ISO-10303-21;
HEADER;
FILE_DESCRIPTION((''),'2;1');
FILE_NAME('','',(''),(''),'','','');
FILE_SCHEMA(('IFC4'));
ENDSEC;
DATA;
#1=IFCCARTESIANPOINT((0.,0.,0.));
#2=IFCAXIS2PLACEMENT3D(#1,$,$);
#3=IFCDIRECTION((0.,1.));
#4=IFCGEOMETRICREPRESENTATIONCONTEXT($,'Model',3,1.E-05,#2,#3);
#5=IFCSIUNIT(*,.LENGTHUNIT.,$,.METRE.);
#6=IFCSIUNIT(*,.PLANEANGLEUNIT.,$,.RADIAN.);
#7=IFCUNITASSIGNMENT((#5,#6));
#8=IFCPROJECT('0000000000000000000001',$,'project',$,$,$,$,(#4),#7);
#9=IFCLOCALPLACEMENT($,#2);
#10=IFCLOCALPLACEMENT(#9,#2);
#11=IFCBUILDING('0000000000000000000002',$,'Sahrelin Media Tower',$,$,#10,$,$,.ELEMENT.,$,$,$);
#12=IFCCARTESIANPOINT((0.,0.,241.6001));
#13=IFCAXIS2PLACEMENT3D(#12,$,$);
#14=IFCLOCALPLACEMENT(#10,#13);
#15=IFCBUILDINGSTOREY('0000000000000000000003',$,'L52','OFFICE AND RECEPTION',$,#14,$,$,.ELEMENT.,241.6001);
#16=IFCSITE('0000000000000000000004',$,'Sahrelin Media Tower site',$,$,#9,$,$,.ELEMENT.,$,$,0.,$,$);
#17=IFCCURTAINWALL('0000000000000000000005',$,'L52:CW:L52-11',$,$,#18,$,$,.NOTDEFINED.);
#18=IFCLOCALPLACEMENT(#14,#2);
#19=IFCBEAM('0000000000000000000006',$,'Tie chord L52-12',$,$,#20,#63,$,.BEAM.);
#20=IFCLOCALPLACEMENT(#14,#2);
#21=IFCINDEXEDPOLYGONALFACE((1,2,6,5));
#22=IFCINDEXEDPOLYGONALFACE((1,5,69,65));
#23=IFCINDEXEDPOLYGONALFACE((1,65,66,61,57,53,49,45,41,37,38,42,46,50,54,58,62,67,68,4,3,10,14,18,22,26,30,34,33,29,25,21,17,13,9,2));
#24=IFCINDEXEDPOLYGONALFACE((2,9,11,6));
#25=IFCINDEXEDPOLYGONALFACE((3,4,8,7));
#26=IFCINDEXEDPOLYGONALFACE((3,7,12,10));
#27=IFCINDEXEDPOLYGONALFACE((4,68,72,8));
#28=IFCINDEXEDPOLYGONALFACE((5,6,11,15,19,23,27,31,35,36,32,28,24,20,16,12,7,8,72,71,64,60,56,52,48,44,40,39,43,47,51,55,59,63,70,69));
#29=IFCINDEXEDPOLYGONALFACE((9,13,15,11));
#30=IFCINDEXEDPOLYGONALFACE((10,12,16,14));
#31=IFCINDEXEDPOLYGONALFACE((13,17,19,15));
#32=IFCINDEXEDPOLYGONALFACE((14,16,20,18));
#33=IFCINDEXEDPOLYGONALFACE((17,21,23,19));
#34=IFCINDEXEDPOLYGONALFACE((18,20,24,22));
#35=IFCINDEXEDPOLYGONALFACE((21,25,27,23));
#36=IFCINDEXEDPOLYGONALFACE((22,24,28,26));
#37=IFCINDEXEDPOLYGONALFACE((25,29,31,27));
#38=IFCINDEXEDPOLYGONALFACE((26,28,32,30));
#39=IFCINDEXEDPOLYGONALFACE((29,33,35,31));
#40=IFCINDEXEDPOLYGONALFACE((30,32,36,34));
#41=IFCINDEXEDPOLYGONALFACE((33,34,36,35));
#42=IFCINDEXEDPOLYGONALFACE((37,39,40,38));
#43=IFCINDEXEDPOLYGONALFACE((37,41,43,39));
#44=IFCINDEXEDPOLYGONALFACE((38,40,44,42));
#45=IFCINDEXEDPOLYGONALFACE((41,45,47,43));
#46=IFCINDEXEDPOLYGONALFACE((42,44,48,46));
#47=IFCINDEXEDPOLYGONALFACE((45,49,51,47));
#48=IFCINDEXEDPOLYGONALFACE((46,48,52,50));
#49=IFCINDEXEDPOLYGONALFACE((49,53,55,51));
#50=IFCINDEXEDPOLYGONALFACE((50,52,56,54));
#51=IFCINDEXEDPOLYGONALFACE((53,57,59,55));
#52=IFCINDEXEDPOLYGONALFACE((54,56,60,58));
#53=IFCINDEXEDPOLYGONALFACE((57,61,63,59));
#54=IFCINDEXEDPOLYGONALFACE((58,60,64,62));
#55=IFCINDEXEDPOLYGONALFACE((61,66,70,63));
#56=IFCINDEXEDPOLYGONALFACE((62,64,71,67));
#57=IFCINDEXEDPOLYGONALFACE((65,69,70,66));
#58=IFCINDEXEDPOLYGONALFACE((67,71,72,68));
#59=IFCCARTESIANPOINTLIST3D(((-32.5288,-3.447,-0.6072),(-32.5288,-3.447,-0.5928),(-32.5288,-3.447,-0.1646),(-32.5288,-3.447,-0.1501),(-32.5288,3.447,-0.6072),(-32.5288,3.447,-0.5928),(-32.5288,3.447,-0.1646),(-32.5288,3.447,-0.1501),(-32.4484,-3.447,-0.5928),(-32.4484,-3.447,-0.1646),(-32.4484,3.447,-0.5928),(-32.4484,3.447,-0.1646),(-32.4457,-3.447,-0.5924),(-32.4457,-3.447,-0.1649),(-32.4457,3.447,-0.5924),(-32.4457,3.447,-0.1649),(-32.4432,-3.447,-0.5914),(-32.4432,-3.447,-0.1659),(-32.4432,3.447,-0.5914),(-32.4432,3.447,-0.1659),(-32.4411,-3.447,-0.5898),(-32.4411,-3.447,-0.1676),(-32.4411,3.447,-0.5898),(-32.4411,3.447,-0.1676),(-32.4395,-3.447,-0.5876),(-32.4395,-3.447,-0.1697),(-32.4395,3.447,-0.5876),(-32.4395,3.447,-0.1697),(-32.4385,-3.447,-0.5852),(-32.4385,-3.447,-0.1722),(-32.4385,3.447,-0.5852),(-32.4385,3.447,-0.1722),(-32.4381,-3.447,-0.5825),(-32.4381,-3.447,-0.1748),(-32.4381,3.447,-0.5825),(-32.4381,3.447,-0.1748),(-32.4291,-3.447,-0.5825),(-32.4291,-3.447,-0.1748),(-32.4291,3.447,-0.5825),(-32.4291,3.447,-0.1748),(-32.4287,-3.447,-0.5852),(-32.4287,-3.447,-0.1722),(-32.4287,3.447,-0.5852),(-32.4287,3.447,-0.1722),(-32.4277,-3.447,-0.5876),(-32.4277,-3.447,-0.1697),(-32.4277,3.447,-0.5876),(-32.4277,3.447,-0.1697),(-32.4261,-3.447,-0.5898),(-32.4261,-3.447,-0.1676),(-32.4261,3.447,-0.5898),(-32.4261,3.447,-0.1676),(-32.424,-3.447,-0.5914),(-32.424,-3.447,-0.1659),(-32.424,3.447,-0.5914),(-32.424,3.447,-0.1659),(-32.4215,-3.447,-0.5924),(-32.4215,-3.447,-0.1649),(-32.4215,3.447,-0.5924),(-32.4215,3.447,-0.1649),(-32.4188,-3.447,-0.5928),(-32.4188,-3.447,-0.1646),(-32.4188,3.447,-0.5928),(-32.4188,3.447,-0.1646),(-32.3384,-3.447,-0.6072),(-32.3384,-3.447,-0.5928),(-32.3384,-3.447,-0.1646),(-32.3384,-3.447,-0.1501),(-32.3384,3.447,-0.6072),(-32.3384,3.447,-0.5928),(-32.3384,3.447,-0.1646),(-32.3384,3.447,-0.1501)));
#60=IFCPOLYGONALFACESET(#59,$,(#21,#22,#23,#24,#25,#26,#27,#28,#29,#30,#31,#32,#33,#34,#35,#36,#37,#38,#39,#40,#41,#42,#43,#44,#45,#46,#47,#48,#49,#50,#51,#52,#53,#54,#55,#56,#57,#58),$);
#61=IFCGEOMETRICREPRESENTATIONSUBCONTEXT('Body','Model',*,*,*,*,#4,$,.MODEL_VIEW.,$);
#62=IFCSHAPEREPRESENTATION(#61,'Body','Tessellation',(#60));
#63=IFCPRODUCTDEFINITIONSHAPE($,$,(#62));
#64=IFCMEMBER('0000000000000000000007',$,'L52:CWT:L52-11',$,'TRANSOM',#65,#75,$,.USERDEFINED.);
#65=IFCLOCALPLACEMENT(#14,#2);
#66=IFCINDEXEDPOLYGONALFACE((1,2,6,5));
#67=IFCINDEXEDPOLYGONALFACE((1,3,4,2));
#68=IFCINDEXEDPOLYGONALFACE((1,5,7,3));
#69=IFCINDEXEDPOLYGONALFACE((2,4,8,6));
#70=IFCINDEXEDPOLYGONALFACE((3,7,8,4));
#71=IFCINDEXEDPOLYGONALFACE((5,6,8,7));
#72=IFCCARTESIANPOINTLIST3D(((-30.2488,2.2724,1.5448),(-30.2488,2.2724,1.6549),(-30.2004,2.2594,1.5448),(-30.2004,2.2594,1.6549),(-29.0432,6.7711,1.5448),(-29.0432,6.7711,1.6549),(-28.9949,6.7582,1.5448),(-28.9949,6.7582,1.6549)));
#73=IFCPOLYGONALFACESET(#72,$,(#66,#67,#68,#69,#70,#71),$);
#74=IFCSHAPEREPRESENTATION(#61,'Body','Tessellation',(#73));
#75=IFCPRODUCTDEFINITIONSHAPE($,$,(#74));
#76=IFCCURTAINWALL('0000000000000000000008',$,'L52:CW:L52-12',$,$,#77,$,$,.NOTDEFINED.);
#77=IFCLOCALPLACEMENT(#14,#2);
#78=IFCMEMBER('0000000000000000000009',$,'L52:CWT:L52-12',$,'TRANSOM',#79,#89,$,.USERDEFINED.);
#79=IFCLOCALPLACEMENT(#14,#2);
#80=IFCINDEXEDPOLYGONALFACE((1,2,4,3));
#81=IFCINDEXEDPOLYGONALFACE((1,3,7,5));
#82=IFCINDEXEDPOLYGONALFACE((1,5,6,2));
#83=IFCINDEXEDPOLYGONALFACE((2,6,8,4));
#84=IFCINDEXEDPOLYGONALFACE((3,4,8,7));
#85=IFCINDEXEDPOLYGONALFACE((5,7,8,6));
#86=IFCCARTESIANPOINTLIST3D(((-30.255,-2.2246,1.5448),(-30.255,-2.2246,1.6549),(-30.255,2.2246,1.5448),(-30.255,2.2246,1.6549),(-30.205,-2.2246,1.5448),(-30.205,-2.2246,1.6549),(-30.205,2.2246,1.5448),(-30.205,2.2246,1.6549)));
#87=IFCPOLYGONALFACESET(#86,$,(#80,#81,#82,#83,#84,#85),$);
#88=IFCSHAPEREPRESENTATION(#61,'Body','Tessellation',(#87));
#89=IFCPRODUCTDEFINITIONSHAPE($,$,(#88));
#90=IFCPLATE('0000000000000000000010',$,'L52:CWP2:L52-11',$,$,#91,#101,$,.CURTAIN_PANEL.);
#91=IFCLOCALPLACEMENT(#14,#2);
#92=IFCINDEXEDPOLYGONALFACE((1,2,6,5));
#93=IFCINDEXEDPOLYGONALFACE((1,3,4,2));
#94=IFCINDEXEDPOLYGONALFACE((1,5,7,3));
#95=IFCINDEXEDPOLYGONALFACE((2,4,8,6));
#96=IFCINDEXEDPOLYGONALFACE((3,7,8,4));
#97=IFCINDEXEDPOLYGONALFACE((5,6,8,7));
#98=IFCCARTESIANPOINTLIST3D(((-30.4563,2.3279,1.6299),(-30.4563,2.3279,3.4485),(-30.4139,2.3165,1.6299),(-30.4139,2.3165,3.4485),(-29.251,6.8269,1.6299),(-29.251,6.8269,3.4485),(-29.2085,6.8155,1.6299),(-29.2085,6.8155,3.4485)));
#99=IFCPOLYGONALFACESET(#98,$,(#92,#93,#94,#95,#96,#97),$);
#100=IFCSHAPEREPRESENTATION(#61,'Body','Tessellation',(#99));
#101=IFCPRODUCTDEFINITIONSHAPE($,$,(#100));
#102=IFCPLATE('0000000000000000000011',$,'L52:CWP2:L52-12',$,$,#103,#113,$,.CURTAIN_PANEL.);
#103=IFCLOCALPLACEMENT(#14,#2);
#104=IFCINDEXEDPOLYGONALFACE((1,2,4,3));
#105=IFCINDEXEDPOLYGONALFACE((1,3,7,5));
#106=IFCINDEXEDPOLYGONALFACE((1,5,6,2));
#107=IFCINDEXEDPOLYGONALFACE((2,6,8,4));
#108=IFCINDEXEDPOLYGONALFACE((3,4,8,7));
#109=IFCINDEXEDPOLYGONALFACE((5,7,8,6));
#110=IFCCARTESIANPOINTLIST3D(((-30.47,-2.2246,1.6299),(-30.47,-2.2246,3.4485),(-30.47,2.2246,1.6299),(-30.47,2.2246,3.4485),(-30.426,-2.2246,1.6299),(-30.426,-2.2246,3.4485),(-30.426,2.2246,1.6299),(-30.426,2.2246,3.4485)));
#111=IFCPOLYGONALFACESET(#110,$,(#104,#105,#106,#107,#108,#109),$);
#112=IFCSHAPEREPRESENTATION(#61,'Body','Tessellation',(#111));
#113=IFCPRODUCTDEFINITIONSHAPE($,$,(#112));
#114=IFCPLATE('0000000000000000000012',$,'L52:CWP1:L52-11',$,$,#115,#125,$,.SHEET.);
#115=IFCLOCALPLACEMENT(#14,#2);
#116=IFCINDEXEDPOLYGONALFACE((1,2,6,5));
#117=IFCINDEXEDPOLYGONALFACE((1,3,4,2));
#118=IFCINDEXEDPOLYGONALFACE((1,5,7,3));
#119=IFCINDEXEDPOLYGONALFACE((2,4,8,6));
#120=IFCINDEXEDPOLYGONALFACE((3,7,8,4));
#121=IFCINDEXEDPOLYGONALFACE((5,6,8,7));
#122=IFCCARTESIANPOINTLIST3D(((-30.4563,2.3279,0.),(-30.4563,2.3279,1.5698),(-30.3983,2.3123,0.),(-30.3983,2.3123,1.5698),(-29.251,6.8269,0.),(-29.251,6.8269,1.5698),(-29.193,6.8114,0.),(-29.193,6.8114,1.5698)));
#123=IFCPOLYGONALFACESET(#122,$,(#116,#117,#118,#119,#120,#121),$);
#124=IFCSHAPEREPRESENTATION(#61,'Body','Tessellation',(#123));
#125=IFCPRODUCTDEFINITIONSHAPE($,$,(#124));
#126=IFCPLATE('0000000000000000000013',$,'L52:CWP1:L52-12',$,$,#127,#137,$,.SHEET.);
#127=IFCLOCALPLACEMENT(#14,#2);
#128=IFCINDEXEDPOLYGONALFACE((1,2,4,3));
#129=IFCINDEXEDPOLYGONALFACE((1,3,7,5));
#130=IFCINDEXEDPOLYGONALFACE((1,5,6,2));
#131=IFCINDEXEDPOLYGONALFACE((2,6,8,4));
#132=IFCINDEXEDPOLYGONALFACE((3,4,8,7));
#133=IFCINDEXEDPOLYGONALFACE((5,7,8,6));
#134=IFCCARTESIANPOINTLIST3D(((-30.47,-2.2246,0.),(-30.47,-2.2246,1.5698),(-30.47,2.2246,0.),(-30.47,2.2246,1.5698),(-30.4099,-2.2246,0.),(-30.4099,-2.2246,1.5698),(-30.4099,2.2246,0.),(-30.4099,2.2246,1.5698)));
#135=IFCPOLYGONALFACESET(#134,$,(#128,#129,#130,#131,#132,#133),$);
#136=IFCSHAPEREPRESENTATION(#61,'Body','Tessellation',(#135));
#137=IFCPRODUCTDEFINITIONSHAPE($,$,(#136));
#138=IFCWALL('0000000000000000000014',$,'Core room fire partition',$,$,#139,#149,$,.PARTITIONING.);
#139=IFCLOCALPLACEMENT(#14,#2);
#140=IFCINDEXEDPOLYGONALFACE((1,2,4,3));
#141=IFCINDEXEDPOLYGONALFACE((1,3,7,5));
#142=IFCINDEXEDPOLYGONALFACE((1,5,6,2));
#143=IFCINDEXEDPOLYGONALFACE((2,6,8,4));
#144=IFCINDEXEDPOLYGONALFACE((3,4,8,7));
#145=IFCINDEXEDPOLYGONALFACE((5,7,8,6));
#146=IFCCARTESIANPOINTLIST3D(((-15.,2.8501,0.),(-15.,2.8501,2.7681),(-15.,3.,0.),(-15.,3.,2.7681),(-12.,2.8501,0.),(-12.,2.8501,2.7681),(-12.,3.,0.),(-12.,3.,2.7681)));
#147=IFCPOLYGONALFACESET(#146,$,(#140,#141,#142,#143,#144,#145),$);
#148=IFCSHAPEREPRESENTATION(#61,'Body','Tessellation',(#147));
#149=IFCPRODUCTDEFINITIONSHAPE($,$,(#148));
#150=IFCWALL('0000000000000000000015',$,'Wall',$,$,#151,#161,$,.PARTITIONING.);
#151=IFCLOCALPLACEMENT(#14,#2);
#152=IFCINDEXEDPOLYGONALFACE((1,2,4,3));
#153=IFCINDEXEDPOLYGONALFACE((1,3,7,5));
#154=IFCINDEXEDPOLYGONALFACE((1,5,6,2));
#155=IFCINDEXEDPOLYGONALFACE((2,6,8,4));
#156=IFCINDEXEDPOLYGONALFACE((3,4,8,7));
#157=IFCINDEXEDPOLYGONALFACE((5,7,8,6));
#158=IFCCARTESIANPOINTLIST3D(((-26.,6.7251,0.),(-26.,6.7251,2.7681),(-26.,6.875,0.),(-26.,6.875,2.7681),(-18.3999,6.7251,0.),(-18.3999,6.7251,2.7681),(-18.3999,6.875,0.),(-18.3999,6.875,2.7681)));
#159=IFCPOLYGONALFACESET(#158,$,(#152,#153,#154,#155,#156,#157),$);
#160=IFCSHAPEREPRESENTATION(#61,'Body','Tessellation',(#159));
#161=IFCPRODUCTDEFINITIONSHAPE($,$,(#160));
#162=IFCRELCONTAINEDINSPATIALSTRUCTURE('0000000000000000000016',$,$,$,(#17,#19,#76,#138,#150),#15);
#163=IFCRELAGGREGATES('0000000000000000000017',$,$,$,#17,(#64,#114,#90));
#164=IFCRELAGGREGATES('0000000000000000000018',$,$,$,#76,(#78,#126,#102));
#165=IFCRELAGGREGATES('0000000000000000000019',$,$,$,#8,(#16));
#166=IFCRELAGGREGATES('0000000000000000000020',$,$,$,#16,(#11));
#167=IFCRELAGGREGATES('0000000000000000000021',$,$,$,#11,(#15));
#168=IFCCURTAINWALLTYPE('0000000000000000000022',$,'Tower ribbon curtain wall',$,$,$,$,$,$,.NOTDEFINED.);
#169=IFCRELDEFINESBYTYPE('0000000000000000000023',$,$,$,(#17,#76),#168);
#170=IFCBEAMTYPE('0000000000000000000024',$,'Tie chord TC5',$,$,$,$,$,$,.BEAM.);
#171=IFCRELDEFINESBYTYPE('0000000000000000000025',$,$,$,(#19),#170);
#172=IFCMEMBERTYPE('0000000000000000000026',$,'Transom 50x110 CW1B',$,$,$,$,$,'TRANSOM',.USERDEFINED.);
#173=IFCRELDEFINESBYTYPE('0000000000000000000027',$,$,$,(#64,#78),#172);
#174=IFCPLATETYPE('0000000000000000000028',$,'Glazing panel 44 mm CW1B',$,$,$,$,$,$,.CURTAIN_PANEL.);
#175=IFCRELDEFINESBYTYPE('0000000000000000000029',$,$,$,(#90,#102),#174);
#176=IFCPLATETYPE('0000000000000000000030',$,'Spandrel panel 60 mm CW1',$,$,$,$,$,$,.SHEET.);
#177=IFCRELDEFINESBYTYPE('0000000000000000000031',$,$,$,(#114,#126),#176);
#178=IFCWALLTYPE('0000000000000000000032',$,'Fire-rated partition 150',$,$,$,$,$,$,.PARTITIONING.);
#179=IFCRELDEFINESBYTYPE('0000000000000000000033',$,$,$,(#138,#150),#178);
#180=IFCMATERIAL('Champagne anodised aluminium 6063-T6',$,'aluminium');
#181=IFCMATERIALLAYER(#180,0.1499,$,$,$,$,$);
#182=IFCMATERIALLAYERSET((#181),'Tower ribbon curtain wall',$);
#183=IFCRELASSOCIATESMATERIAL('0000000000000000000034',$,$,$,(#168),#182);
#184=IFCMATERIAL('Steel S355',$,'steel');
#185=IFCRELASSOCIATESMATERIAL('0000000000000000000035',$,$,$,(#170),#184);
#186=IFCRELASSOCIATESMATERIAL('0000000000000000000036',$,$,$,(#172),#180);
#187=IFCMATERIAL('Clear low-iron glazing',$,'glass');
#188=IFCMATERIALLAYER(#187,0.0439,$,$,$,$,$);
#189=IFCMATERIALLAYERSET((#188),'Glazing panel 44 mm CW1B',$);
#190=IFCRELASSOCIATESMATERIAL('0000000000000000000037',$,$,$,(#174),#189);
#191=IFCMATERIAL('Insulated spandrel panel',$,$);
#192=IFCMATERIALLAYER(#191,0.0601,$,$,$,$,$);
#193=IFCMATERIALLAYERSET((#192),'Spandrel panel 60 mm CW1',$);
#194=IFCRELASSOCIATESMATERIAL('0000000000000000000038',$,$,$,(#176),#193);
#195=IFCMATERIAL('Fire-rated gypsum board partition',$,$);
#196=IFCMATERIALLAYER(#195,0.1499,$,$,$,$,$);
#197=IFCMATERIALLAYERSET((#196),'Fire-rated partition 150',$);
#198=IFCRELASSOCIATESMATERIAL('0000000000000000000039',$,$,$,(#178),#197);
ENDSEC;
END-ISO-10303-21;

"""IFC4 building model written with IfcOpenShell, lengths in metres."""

from ifc_helpers import new_model, si_unit, direction, frame, frame_2d, origin, origin_2d, place, context, subcontext, project, spatial, polyline, rectangle, i_section, outline, extrude, material, layer, layer_set, material_profile, profile_set, type_object, element, aggregate, save


model = new_model("IFC4")

# Units and contexts
model_context = context("Model", 3, precision=1e-05, world=origin(), true_north=direction((0.0, 1.0)))
body_context = subcontext(model_context, "Body", "Model", "MODEL_VIEW")
ifc_project = project(units=[si_unit("LENGTHUNIT", "METRE"), si_unit("PLANEANGLEUNIT", "RADIAN")], contexts=[model_context])

# Site, building, storey
site_placement = place(None, origin())
site = spatial("IfcSite", under=ifc_project, at=site_placement, Name="Sahrelin Media Tower site", CompositionType="ELEMENT", RefElevation=0.0)
building_placement = place(site_placement, origin())
building = spatial("IfcBuilding", under=site, at=building_placement, Name="Sahrelin Media Tower", CompositionType="ELEMENT")
storey_placement = place(building_placement, frame((0.0, 0.0, 241.6001)))
storey = spatial("IfcBuildingStorey", under=building, at=storey_placement, Name="L52", Description="OFFICE AND RECEPTION", CompositionType="ELEMENT", Elevation=241.6001)

# Shared definitions
ifc_material_1 = material(Name="Steel S355", Category="steel")

# Curtain wall
ifc_material_2 = material(Name="Champagne anodised aluminium 6063-T6", Category="aluminium")
ifc_layer_1 = layer(ifc_material_2, 0.1499)
ifc_layer_set_1 = layer_set([ifc_layer_1], Name="Tower ribbon curtain wall")
curtain_wall_type = type_object("IfcCurtainWallType", Name="Tower ribbon curtain wall", PredefinedType="NOTDEFINED", material=ifc_layer_set_1)
curtain_wall_1_placement = place(storey_placement, frame((-29.8342, 4.5723, 0.0), z_axis=(0.0, 0.0, 1.0), x_axis=(1.0, 0.0, 0.0)))
curtain_wall_1 = element("IfcCurtainWall", 1, at=curtain_wall_1_placement, inside=storey, type_object=curtain_wall_type, Name="L52:CW:L52-11", PredefinedType="NOTDEFINED")

# Beam
ifc_material_profile_1 = material_profile(ifc_material_1, i_section(OverallWidth=0.1904, OverallDepth=0.457, WebThickness=0.009, FlangeThickness=0.0144, FilletRadius=0.0103, at=origin_2d()), Name="UB 457x191x74")
ifc_profile_set_1 = profile_set([ifc_material_profile_1], Name="Steel S355")
beam_type_1 = type_object("IfcBeamType", Name="Tie chord TC5", PredefinedType="BEAM", material=ifc_profile_set_1)
beam_1_placement = place(storey_placement, frame((-32.4336, 3.447, -0.3787), z_axis=(0.0, -1.0, 0.0), x_axis=(1.0, 0.0, 0.0)))
element("IfcBeam", 2, at=beam_1_placement, inside=storey, type_object=beam_type_1, Name="Tie chord L52-12", PredefinedType="BEAM", context=body_context, shape_type="SweptSolid", body=[
    extrude(i_section(OverallWidth=0.1904, OverallDepth=0.457, WebThickness=0.009, FlangeThickness=0.0144, FilletRadius=0.0103, at=origin_2d()), origin(), (0.0, 0.0, 1.0), 6.894),
])

# Member
ifc_material_profile_2 = material_profile(ifc_material_2, rectangle(XDim=0.05, YDim=0.1101, at=origin_2d()), Name="Transom 50x110")
ifc_profile_set_2 = profile_set([ifc_material_profile_2], Name="Champagne anodised aluminium 6063-T6")
member_type_1 = type_object("IfcMemberType", Name="Transom 50x110 CW1B", ElementType="TRANSOM", PredefinedType="USERDEFINED", material=ifc_profile_set_2)
member_1_placement = place(storey_placement, frame((-29.019, 6.7646, 1.5999), z_axis=(-0.258844, -0.965919, 0.0), x_axis=(0.965919, -0.258844, 0.0)))
member_1 = element("IfcMember", 3, at=member_1_placement, type_object=member_type_1, Name="L52:CWT:L52-11", ObjectType="TRANSOM", PredefinedType="USERDEFINED", context=body_context, shape_type="SweptSolid", body=[
    extrude(rectangle(XDim=0.05, YDim=0.1101, at=origin_2d()), origin(), (0.0, 0.0, 1.0), 4.6575),
])

# Curtain wall, member
curtain_wall_2_placement = place(storey_placement, frame((-30.45, 0.0, 0.0), z_axis=(0.0, 0.0, 1.0), x_axis=(1.0, 0.0, 0.0)))
curtain_wall_2 = element("IfcCurtainWall", 4, at=curtain_wall_2_placement, inside=storey, type_object=curtain_wall_type, Name="L52:CW:L52-12", PredefinedType="NOTDEFINED")
member_2_placement = place(storey_placement, frame((-30.23, 2.2246, 1.5999), z_axis=(0.0, -1.0, 0.0), x_axis=(1.0, 0.0, 0.0)))
member_2 = element("IfcMember", 5, at=member_2_placement, type_object=member_type_1, Name="L52:CWT:L52-12", ObjectType="TRANSOM", PredefinedType="USERDEFINED", context=body_context, shape_type="SweptSolid", body=[
    extrude(rectangle(XDim=0.05, YDim=0.1101, at=origin_2d()), origin(), (0.0, 0.0, 1.0), 4.4492),
])

# Plates
ifc_material_3 = material(Name="Clear low-iron glazing", Category="glass")
ifc_layer_2 = layer(ifc_material_3, 0.0439)
ifc_layer_set_2 = layer_set([ifc_layer_2], Name="Glazing panel 44 mm CW1B")
plate_type_1 = type_object("IfcPlateType", Name="Glazing panel 44 mm CW1B", PredefinedType="CURTAIN_PANEL", material=ifc_layer_set_2)
plate_1_placement = place(storey_placement, frame((-29.251, 6.8269, 1.6299), z_axis=(-0.965936, 0.258781, 0.0), x_axis=(-0.258781, -0.965936, 0.0)))
plate_1 = element("IfcPlate", 6, at=plate_1_placement, type_object=plate_type_1, Name="L52:CWP2:L52-11", PredefinedType="CURTAIN_PANEL", context=body_context, shape_type="SweptSolid", body=[
    extrude(outline(polyline([(0.0, 0.0), (4.6577, 0.0), (4.6577, 1.8186), (0.0, 1.8186), (0.0, 0.0)])), origin(), (0.0, 0.0, -1.0), 0.0439),
])
plate_2_placement = place(storey_placement, frame((-30.47, 2.2246, 1.6299), z_axis=(-1.0, 0.0, 0.0), x_axis=(0.0, -1.0, 0.0)))
plate_2 = element("IfcPlate", 7, at=plate_2_placement, type_object=plate_type_1, Name="L52:CWP2:L52-12", PredefinedType="CURTAIN_PANEL", context=body_context, shape_type="SweptSolid", body=[
    extrude(outline(polyline([(0.0, 0.0), (4.4492, 0.0), (4.4492, 1.8186), (0.0, 1.8186), (0.0, 0.0)])), origin(), (0.0, 0.0, -1.0), 0.0439),
])
ifc_material_4 = material(Name="Insulated spandrel panel")
ifc_layer_3 = layer(ifc_material_4, 0.0601)
ifc_layer_set_3 = layer_set([ifc_layer_3], Name="Spandrel panel 60 mm CW1")
plate_type_2 = type_object("IfcPlateType", Name="Spandrel panel 60 mm CW1", PredefinedType="SHEET", material=ifc_layer_set_3)
plate_3_placement = place(storey_placement, frame((-29.251, 6.8269, 0.0), z_axis=(-0.965936, 0.258781, 0.0), x_axis=(-0.258781, -0.965936, 0.0)))
plate_3 = element("IfcPlate", 8, at=plate_3_placement, type_object=plate_type_2, Name="L52:CWP1:L52-11", PredefinedType="SHEET", context=body_context, shape_type="SweptSolid", body=[
    extrude(outline(polyline([(0.0, 0.0), (4.6577, 0.0), (4.6577, 1.5698), (0.0, 1.5698), (0.0, 0.0)])), origin(), (0.0, 0.0, -1.0), 0.0601),
])
aggregate(curtain_wall_1, [member_1, plate_3, plate_1])
plate_4_placement = place(storey_placement, frame((-30.47, 2.2246, 0.0), z_axis=(-1.0, 0.0, 0.0), x_axis=(0.0, -1.0, 0.0)))
plate_4 = element("IfcPlate", 9, at=plate_4_placement, type_object=plate_type_2, Name="L52:CWP1:L52-12", PredefinedType="SHEET", context=body_context, shape_type="SweptSolid", body=[
    extrude(outline(polyline([(0.0, 0.0), (4.4492, 0.0), (4.4492, 1.5698), (0.0, 1.5698), (0.0, 0.0)])), origin(), (0.0, 0.0, -1.0), 0.0601),
])
aggregate(curtain_wall_2, [member_2, plate_4, plate_2])

# Walls
ifc_material_5 = material(Name="Fire-rated gypsum board partition")
ifc_layer_4 = layer(ifc_material_5, 0.1499)
ifc_layer_set_4 = layer_set([ifc_layer_4], Name="Fire-rated partition 150")
wall_type_1 = type_object("IfcWallType", Name="Fire-rated partition 150", PredefinedType="PARTITIONING", material=ifc_layer_set_4)
wall_1_placement = place(storey_placement, frame((-15.0, 2.925, 0.0), z_axis=(0.0, 0.0, 1.0), x_axis=(1.0, 0.0, 0.0)))
element("IfcWall", 10, at=wall_1_placement, inside=storey, type_object=wall_type_1, Name="Core room fire partition", PredefinedType="PARTITIONING", context=body_context, shape_type="SweptSolid", body=[
    extrude(rectangle(XDim=3.0, YDim=0.1499, at=frame_2d((1.5, 0.0))), origin(), (0.0, 0.0, 1.0), 2.7681),
])
wall_2_placement = place(storey_placement, frame((-26.0, 6.8, 0.0), z_axis=(0.0, 0.0, 1.0), x_axis=(1.0, 0.0, 0.0)))
element("IfcWall", 11, at=wall_2_placement, inside=storey, type_object=wall_type_1, Name="Wall", PredefinedType="PARTITIONING", context=body_context, shape_type="SweptSolid", body=[
    extrude(rectangle(XDim=7.6001, YDim=0.1499, at=frame_2d((3.8, 0.0))), origin(), (0.0, 0.0, 1.0), 2.7681),
])

save(model, "model.ifc")
